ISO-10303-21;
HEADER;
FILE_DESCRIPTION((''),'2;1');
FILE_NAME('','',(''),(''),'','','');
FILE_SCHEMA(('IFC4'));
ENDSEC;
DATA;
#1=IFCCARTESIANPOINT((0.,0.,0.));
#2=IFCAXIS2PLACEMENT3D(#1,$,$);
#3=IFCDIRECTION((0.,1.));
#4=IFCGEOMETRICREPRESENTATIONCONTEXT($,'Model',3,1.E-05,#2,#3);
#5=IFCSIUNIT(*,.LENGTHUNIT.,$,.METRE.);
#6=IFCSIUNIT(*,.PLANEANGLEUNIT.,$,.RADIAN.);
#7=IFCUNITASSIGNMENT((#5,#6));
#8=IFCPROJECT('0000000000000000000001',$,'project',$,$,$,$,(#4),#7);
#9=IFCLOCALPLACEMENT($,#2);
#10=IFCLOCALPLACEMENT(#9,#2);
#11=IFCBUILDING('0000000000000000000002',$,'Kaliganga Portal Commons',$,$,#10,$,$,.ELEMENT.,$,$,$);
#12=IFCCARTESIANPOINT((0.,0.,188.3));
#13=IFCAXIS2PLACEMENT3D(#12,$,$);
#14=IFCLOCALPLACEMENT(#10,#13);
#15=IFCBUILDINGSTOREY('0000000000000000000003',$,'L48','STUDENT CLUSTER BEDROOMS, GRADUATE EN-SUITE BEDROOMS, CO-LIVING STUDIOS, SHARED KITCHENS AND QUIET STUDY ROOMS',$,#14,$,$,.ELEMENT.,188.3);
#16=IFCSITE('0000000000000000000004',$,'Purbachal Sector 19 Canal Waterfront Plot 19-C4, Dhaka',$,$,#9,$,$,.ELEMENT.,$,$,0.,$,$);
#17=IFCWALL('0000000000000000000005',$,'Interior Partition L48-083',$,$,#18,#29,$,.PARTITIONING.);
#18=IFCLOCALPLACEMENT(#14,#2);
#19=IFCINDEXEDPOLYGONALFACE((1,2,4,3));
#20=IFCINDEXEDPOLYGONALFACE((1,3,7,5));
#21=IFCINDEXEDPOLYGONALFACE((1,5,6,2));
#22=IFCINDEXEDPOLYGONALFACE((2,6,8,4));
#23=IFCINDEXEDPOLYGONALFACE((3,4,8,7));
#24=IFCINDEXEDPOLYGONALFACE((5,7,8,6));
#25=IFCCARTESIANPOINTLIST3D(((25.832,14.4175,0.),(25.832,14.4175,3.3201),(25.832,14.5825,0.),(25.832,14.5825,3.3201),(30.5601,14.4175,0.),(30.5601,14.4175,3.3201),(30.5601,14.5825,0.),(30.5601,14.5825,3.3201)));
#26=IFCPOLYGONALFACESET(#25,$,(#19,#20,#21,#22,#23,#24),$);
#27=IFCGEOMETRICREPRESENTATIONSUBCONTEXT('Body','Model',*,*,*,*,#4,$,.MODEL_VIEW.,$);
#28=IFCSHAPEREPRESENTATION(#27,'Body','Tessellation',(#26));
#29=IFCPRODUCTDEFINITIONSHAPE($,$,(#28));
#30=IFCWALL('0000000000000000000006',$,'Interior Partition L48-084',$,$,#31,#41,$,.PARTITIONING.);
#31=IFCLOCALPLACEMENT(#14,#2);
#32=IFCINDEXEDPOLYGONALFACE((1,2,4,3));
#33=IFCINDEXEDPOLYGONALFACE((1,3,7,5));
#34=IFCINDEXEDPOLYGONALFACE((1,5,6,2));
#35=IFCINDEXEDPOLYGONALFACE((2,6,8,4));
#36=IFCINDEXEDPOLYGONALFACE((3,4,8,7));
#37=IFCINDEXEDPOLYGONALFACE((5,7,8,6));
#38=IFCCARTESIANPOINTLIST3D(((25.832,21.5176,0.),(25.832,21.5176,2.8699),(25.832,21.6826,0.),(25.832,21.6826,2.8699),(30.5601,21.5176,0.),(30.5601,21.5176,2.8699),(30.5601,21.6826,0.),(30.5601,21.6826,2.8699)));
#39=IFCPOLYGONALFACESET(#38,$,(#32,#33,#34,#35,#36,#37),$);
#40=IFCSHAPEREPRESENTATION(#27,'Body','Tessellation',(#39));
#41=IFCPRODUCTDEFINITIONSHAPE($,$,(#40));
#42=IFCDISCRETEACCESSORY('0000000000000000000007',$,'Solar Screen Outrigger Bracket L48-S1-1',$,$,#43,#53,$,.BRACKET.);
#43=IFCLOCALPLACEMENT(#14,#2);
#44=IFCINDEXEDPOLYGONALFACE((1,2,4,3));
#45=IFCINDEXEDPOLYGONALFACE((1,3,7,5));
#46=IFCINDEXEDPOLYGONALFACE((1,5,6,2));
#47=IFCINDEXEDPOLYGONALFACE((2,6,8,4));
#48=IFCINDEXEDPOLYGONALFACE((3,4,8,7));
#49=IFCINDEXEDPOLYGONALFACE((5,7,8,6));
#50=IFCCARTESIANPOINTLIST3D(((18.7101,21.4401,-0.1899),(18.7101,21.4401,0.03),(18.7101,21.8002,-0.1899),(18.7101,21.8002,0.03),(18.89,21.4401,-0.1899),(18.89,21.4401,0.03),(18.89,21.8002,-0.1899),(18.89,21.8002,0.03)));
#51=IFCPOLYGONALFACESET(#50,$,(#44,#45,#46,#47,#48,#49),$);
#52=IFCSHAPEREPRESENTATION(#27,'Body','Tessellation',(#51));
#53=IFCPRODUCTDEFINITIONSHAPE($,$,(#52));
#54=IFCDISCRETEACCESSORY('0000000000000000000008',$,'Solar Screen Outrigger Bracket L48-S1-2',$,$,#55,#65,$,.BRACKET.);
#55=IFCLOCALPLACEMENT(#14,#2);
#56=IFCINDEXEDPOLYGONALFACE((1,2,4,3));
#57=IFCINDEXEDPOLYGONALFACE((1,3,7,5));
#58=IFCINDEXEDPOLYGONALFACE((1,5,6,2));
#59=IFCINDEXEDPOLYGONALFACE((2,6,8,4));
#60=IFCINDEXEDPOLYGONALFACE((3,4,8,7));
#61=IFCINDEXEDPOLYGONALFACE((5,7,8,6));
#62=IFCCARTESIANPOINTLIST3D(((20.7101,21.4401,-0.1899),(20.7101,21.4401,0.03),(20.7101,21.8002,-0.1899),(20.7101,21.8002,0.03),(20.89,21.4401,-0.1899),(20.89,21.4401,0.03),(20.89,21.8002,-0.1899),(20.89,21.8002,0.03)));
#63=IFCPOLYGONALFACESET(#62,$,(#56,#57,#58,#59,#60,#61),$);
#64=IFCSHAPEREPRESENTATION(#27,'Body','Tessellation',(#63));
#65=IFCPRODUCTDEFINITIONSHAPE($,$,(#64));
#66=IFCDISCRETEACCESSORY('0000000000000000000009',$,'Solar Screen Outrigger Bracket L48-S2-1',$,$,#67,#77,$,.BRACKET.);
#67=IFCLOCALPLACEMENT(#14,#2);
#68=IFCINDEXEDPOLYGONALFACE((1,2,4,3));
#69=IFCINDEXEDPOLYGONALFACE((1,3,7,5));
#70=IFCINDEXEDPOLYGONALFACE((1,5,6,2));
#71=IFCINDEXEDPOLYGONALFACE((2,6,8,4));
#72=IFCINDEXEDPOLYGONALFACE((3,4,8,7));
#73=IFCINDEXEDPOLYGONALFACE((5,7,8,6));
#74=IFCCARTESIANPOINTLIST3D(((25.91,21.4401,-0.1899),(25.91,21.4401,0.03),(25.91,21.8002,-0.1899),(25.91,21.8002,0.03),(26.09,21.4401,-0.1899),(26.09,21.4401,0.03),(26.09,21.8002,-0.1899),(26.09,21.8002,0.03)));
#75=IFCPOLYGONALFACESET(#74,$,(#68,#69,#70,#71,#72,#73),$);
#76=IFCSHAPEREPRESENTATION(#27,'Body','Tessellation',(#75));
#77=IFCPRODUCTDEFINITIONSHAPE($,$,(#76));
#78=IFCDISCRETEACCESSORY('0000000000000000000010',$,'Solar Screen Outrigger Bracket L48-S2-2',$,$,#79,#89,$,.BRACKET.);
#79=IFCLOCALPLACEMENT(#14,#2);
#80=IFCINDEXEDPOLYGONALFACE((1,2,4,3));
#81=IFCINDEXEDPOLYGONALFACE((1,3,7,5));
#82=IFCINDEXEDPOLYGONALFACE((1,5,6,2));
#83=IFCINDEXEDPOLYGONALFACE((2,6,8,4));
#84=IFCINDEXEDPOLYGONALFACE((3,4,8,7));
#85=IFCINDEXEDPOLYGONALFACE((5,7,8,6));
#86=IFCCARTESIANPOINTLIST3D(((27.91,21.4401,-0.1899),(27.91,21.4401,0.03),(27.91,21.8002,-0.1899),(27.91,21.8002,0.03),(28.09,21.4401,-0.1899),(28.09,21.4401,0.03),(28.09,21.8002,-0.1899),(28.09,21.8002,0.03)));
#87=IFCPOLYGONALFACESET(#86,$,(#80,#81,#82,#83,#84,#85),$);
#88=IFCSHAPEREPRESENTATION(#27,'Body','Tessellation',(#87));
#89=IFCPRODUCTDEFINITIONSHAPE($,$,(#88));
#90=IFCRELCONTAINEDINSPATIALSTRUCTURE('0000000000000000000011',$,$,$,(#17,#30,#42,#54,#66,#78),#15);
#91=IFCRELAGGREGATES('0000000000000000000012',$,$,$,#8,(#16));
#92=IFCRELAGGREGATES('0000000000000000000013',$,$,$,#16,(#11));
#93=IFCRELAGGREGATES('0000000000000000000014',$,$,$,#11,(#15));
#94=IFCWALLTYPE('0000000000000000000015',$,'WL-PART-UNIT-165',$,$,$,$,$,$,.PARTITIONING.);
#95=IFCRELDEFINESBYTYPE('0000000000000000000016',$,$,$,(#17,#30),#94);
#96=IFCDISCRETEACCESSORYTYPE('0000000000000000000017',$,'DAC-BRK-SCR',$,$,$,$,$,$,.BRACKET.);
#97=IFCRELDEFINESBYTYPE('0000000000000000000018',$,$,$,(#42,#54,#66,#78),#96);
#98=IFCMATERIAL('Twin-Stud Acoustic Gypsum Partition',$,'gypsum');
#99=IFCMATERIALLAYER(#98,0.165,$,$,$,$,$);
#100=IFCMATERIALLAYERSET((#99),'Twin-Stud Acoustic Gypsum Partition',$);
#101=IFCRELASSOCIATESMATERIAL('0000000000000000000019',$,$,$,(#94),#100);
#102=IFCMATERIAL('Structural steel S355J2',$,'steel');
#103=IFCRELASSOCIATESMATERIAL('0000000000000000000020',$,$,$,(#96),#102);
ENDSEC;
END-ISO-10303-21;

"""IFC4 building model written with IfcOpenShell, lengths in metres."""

from ifc_helpers import new_model, si_unit, direction, frame, frame_2d, origin, origin_2d, place, context, subcontext, project, spatial, rectangle, extrude, source, transform, mapped, material, layer, layer_set, type_object, element, save


model = new_model("IFC4")

# Units and contexts
model_context = context("Model", 3, precision=1e-05, world=origin(), true_north=direction((0.0, 1.0)))
body_context = subcontext(model_context, "Body", "Model", "MODEL_VIEW")
ifc_project = project(units=[si_unit("LENGTHUNIT", "METRE"), si_unit("PLANEANGLEUNIT", "RADIAN")], contexts=[model_context])

# Site, building, storey
site_placement = place(None, origin())
site = spatial("IfcSite", under=ifc_project, at=site_placement, Name="Purbachal Sector 19 Canal Waterfront Plot 19-C4, Dhaka", CompositionType="ELEMENT", RefElevation=0.0)
building_placement = place(site_placement, origin())
building = spatial("IfcBuilding", under=site, at=building_placement, Name="Kaliganga Portal Commons", CompositionType="ELEMENT")
storey_placement = place(building_placement, frame((0.0, 0.0, 188.3)))
storey = spatial("IfcBuildingStorey", under=building, at=storey_placement, Name="L48", Description="STUDENT CLUSTER BEDROOMS, GRADUATE EN-SUITE BEDROOMS, CO-LIVING STUDIOS, SHARED KITCHENS AND QUIET STUDY ROOMS", CompositionType="ELEMENT", Elevation=188.3)

# Shared definitions
ifc_material_1 = material(Name="Structural steel S355J2", Category="steel")

# Walls
ifc_material_2 = material(Name="Twin-Stud Acoustic Gypsum Partition", Category="gypsum")
ifc_layer_1 = layer(ifc_material_2, 0.165)
ifc_layer_set_1 = layer_set([ifc_layer_1], Name="Twin-Stud Acoustic Gypsum Partition")
wall_type_1 = type_object("IfcWallType", Name="WL-PART-UNIT-165", PredefinedType="PARTITIONING", material=ifc_layer_set_1)
wall_1_placement = place(storey_placement, frame((25.832, 14.5, 0.0), z_axis=(0.0, 0.0, 1.0), x_axis=(1.0, 0.0, 0.0)))
element("IfcWall", 1, at=wall_1_placement, inside=storey, type_object=wall_type_1, Name="Interior Partition L48-083", PredefinedType="PARTITIONING", context=body_context, shape_type="SweptSolid", body=[
    extrude(rectangle(XDim=4.728, YDim=0.165, at=frame_2d((2.364, 0.0))), origin(), (0.0, 0.0, 1.0), 3.3201),
])
wall_2_placement = place(storey_placement, frame((25.832, 21.6001, 0.0), z_axis=(0.0, 0.0, 1.0), x_axis=(1.0, 0.0, 0.0)))
element("IfcWall", 2, at=wall_2_placement, inside=storey, type_object=wall_type_1, Name="Interior Partition L48-084", PredefinedType="PARTITIONING", context=body_context, shape_type="SweptSolid", body=[
    extrude(rectangle(XDim=4.728, YDim=0.165, at=frame_2d((2.364, 0.0))), origin(), (0.0, 0.0, 1.0), 2.8699),
])

# Discrete accessories
discrete_accessory_type = type_object("IfcDiscreteAccessoryType", Name="DAC-BRK-SCR", PredefinedType="BRACKET", material=ifc_material_1)
shared_shape_1 = source(origin(), body_context, "Body", "SweptSolid", [
    extrude(rectangle(XDim=0.1799, YDim=0.3601, at=origin_2d()), origin(), (0.0, 0.0, 1.0), 0.22),
])
for number, where, z_axis, x_axis, name in (
    (3, (18.8, 21.6201, -0.1899), (0.0, 0.0, 1.0), (1.0, 0.0, 0.0), "Solar Screen Outrigger Bracket L48-S1-1"),
    (4, (20.8, 21.6201, -0.1899), (0.0, 0.0, 1.0), (1.0, 0.0, 0.0), "Solar Screen Outrigger Bracket L48-S1-2"),
    (5, (26.0, 21.6201, -0.1899), (0.0, 0.0, 1.0), (1.0, 0.0, 0.0), "Solar Screen Outrigger Bracket L48-S2-1"),
    (6, (28.0, 21.6201, -0.1899), (0.0, 0.0, 1.0), (1.0, 0.0, 0.0), "Solar Screen Outrigger Bracket L48-S2-2"),
):
    element("IfcDiscreteAccessory", number, at=place(storey_placement, frame(where, z_axis=z_axis, x_axis=x_axis)), inside=storey, type_object=discrete_accessory_type, Name=name, PredefinedType="BRACKET", context=body_context, shape_type="MappedRepresentation", body=[
        mapped(shared_shape_1, transform((0.0, 0.0, 0.0), x_axis=(1.0, 0.0, 0.0), y_axis=(0.0, 1.0, 0.0), z_axis=(0.0, 0.0, 1.0), scale=1.0)),
    ])

save(model, "model.ifc")
